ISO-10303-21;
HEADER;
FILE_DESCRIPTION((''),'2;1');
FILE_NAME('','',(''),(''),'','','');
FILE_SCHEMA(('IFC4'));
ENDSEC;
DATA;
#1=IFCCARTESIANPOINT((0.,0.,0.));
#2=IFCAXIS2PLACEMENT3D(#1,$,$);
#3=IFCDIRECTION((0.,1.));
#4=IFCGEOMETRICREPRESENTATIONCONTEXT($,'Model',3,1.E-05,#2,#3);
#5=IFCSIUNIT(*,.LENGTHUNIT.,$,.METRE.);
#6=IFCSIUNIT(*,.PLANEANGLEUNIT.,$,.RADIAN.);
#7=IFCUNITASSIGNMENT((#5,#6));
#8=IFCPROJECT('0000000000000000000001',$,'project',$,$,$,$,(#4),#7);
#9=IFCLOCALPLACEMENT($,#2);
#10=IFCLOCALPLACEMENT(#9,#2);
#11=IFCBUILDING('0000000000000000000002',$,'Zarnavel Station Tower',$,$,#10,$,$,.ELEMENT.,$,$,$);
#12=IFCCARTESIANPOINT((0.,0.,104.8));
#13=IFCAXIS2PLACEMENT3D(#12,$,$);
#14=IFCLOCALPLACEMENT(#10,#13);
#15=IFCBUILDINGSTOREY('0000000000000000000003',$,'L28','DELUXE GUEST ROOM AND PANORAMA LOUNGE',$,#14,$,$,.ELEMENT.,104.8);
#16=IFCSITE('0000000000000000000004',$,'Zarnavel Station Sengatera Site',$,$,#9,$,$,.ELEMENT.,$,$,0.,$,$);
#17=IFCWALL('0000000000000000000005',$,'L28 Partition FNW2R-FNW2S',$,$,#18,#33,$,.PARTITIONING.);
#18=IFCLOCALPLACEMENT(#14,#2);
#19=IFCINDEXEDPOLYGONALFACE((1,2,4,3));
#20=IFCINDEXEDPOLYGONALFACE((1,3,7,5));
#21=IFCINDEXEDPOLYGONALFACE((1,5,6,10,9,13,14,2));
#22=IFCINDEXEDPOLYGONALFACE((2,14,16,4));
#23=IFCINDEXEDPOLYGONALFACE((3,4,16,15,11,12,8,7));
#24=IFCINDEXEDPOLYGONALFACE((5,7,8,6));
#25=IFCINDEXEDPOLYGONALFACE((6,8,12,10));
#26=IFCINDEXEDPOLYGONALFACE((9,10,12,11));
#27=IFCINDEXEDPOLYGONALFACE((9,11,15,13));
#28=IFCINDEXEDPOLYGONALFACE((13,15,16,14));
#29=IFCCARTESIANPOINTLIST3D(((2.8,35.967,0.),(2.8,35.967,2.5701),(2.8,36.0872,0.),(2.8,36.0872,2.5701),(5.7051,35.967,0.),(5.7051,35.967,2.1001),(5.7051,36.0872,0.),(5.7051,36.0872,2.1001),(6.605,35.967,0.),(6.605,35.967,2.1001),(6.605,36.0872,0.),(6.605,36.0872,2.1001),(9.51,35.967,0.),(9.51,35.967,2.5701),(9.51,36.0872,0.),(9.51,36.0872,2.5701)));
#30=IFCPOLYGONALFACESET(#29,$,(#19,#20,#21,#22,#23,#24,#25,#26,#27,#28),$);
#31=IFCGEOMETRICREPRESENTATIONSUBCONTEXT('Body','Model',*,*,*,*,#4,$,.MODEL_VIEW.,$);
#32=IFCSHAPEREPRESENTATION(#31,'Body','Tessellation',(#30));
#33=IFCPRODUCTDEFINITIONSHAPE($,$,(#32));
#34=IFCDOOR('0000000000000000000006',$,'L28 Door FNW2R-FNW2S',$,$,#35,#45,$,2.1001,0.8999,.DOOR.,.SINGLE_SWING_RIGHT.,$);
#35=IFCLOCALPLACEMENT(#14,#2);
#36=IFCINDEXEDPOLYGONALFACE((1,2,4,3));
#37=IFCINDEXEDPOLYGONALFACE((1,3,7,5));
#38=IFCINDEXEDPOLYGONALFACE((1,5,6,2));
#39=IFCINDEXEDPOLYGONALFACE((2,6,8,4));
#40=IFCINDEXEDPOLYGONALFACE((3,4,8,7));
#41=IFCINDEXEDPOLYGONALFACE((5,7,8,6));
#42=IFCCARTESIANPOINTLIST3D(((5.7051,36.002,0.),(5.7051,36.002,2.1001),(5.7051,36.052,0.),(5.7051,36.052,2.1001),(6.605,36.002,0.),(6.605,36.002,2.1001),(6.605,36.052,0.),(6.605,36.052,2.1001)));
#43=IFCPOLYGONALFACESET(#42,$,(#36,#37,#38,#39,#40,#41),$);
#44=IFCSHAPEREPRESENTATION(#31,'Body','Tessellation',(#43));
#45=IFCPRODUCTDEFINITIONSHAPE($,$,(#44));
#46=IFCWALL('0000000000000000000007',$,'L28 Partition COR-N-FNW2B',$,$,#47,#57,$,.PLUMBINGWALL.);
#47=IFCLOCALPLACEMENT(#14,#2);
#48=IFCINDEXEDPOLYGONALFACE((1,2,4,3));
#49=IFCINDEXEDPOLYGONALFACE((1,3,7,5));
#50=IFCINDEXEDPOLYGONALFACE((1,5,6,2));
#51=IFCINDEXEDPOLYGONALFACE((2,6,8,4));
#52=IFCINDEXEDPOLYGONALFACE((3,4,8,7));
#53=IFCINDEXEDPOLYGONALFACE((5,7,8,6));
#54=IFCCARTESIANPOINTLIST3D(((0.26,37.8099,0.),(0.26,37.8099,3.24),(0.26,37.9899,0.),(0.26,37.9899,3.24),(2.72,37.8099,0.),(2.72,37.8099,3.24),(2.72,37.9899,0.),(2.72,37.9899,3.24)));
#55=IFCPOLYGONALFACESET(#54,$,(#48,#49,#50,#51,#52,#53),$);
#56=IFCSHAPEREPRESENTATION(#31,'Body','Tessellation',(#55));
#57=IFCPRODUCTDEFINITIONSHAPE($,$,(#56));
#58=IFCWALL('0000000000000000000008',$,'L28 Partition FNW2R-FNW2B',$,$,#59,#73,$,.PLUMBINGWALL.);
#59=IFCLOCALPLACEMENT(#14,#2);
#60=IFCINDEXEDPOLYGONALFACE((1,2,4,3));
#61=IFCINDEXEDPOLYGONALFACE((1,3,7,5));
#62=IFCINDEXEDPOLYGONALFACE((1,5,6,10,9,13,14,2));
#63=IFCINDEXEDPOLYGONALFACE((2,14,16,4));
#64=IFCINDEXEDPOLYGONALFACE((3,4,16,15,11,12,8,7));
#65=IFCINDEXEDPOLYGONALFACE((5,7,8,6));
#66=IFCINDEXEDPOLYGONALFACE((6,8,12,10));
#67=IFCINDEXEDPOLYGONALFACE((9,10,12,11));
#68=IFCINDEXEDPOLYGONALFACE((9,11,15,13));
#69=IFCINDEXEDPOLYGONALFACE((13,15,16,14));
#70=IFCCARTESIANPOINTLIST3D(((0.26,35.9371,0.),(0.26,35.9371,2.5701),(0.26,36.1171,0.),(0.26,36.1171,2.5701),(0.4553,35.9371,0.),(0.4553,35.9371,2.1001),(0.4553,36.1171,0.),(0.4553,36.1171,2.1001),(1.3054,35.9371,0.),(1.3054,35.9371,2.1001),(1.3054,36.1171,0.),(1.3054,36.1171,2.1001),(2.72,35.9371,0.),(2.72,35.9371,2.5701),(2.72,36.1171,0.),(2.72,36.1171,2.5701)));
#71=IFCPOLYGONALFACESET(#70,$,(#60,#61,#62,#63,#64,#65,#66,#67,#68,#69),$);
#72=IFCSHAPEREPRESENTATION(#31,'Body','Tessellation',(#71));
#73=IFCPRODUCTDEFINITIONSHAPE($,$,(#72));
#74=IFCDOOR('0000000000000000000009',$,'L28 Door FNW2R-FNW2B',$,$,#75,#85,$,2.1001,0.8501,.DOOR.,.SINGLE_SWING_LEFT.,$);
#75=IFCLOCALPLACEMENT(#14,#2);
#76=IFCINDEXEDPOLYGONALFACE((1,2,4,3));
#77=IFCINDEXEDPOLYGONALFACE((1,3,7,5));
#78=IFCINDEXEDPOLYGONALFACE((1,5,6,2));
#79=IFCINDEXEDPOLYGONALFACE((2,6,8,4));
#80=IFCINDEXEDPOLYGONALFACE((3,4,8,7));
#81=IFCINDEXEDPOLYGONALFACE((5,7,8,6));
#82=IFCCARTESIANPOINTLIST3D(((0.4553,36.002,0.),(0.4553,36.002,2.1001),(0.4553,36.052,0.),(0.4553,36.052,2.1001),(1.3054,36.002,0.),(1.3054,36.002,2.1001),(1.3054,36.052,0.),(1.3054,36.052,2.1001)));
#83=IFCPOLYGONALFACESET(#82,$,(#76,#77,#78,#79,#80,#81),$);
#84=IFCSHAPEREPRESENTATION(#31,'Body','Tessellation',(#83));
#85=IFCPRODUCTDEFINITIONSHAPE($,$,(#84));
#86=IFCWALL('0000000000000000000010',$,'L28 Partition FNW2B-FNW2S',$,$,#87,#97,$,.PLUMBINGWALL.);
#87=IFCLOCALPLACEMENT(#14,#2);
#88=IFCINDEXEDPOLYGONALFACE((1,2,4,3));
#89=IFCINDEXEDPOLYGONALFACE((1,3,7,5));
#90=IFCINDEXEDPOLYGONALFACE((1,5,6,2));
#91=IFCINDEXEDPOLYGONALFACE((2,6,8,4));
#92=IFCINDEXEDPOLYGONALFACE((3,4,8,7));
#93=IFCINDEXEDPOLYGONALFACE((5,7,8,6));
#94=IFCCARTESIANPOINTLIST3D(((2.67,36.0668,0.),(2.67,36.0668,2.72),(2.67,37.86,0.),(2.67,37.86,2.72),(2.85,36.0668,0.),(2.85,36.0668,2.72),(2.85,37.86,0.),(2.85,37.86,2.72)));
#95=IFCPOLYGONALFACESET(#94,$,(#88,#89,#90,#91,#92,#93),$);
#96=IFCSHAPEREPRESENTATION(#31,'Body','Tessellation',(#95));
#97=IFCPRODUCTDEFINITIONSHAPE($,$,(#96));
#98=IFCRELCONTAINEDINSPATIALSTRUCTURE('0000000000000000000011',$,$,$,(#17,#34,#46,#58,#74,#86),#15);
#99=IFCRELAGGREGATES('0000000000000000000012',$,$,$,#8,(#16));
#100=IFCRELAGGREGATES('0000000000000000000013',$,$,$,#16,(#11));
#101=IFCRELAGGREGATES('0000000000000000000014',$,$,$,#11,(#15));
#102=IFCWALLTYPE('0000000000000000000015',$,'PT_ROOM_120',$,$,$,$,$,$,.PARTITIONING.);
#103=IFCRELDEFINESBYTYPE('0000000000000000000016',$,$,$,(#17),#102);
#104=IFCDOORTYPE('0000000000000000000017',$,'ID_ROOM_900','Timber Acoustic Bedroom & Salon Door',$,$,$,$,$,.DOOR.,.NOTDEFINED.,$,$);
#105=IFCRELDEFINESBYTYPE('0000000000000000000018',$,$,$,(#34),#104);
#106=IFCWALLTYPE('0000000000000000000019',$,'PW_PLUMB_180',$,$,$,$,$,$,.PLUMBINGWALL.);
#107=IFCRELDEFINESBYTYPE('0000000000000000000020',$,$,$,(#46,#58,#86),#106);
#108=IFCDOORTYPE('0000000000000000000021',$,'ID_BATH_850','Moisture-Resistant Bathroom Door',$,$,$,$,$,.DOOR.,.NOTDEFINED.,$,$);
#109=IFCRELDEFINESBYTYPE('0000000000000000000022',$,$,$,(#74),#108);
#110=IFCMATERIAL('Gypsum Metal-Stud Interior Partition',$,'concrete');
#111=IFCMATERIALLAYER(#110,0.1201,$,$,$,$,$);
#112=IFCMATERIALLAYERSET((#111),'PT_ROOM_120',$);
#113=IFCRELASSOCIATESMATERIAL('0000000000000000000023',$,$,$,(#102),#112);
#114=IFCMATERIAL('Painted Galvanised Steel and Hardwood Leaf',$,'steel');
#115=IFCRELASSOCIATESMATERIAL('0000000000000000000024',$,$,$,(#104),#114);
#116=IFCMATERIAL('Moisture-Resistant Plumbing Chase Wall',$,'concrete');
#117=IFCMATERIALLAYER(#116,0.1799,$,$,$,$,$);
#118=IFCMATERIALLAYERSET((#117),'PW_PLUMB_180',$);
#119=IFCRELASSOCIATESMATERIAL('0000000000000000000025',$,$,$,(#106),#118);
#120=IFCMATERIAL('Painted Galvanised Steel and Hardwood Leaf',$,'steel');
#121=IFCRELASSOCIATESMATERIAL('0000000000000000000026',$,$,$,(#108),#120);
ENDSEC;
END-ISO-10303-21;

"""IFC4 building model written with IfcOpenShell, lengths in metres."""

from ifc_helpers import new_model, si_unit, direction, frame, frame_2d, origin, place, context, subcontext, project, spatial, rectangle, extrude, material, layer, layer_set, type_object, element, fill, save


model = new_model("IFC4")

# Units and contexts
model_context = context("Model", 3, precision=1e-05, world=origin(), true_north=direction((0.0, 1.0)))
body_context = subcontext(model_context, "Body", "Model", "MODEL_VIEW")
ifc_project = project(units=[si_unit("LENGTHUNIT", "METRE"), si_unit("PLANEANGLEUNIT", "RADIAN")], contexts=[model_context])

# Site, building, storey
site_placement = place(None, origin())
site = spatial("IfcSite", under=ifc_project, at=site_placement, Name="Zarnavel Station Sengatera Site", CompositionType="ELEMENT", RefElevation=0.0)
building_placement = place(site_placement, origin())
building = spatial("IfcBuilding", under=site, at=building_placement, Name="Zarnavel Station Tower", CompositionType="ELEMENT")
storey_placement = place(building_placement, frame((0.0, 0.0, 104.8)))
storey = spatial("IfcBuildingStorey", under=building, at=storey_placement, Name="L28", Description="DELUXE GUEST ROOM AND PANORAMA LOUNGE", CompositionType="ELEMENT", Elevation=104.8)

# Wall, opening, door
ifc_material_1 = material(Name="Gypsum Metal-Stud Interior Partition", Category="concrete")
ifc_layer_1 = layer(ifc_material_1, 0.1201)
ifc_layer_set_1 = layer_set([ifc_layer_1], Name="PT_ROOM_120")
wall_type_1 = type_object("IfcWallType", Name="PT_ROOM_120", PredefinedType="PARTITIONING", material=ifc_layer_set_1)
ifc_material_2 = material(Name="Painted Galvanised Steel and Hardwood Leaf", Category="steel")
door_type_1 = type_object("IfcDoorType", Name="ID_ROOM_900", Description="Timber Acoustic Bedroom & Salon Door", OperationType="NOTDEFINED", PredefinedType="DOOR", material=ifc_material_2)
wall_1_placement = place(storey_placement, frame((2.8, 36.0271, 0.0), z_axis=(0.0, 0.0, 1.0), x_axis=(1.0, 0.0, 0.0)))
wall_1 = element("IfcWall", 1, at=wall_1_placement, inside=storey, type_object=wall_type_1, Name="L28 Partition FNW2R-FNW2S", PredefinedType="PARTITIONING", context=body_context, shape_type="SweptSolid", body=[
    extrude(rectangle(XDim=6.71, YDim=0.1201, at=frame_2d((3.355, 0.0))), origin(), (0.0, 0.0, 1.0), 2.5701),
])
opening_1_placement = place(wall_1_placement, frame((2.905, 0.0, 0.0)))
opening_1 = element("IfcOpeningElement", 2, at=opening_1_placement, cuts=wall_1, PredefinedType="OPENING", context=body_context, shape_type="SweptSolid", body=[
    extrude(rectangle(XDim=0.8999, YDim=2.1001, at=frame_2d((0.45, 1.05))), frame((0.0, 0.0701, 0.0), z_axis=(0.0, -1.0, 0.0), x_axis=(1.0, 0.0, 0.0)), (0.0, 0.0, 1.0), 0.1401),
])
door_1_placement = place(opening_1_placement, origin())
door_1 = element("IfcDoor", 3, at=door_1_placement, inside=storey, type_object=door_type_1, Name="L28 Door FNW2R-FNW2S", OperationType="SINGLE_SWING_RIGHT", OverallHeight=2.1001, OverallWidth=0.8999, PredefinedType="DOOR", context=body_context, shape_type="SweptSolid", body=[
    extrude(rectangle(XDim=0.8999, YDim=2.1001, at=frame_2d((0.45, 1.05))), frame((0.0, 0.0249, 0.0), z_axis=(0.0, -1.0, 0.0), x_axis=(1.0, 0.0, 0.0)), (0.0, 0.0, 1.0), 0.05),
])
fill(opening_1, door_1)

# Wall
ifc_material_3 = material(Name="Moisture-Resistant Plumbing Chase Wall", Category="concrete")
ifc_layer_2 = layer(ifc_material_3, 0.1799)
ifc_layer_set_2 = layer_set([ifc_layer_2], Name="PW_PLUMB_180")
wall_type_2 = type_object("IfcWallType", Name="PW_PLUMB_180", PredefinedType="PLUMBINGWALL", material=ifc_layer_set_2)
wall_2_placement = place(storey_placement, frame((0.26, 37.8999, 0.0), z_axis=(0.0, 0.0, 1.0), x_axis=(1.0, 0.0, 0.0)))
element("IfcWall", 4, at=wall_2_placement, inside=storey, type_object=wall_type_2, Name="L28 Partition COR-N-FNW2B", PredefinedType="PLUMBINGWALL", context=body_context, shape_type="SweptSolid", body=[
    extrude(rectangle(XDim=2.46, YDim=0.1799, at=frame_2d((1.23, 0.0))), origin(), (0.0, 0.0, 1.0), 3.24),
])

# Wall, opening, door
wall_3_placement = place(storey_placement, frame((0.26, 36.0271, 0.0), z_axis=(0.0, 0.0, 1.0), x_axis=(1.0, 0.0, 0.0)))
wall_3 = element("IfcWall", 5, at=wall_3_placement, inside=storey, type_object=wall_type_2, Name="L28 Partition FNW2R-FNW2B", PredefinedType="PLUMBINGWALL", context=body_context, shape_type="SweptSolid", body=[
    extrude(rectangle(XDim=2.46, YDim=0.1799, at=frame_2d((1.23, 0.0))), origin(), (0.0, 0.0, 1.0), 2.5701),
])
opening_2_placement = place(wall_3_placement, frame((0.1953, 0.0, 0.0)))
opening_2 = element("IfcOpeningElement", 6, at=opening_2_placement, cuts=wall_3, PredefinedType="OPENING", context=body_context, shape_type="SweptSolid", body=[
    extrude(rectangle(XDim=0.8501, YDim=2.1001, at=frame_2d((0.425, 1.05))), frame((0.0, 0.0999, 0.0), z_axis=(0.0, -1.0, 0.0), x_axis=(1.0, 0.0, 0.0)), (0.0, 0.0, 1.0), 0.2),
])
ifc_material_4 = material(Name="Painted Galvanised Steel and Hardwood Leaf", Category="steel")
door_type_2 = type_object("IfcDoorType", Name="ID_BATH_850", Description="Moisture-Resistant Bathroom Door", OperationType="NOTDEFINED", PredefinedType="DOOR", material=ifc_material_4)
door_2_placement = place(opening_2_placement, origin())
door_2 = element("IfcDoor", 7, at=door_2_placement, inside=storey, type_object=door_type_2, Name="L28 Door FNW2R-FNW2B", OperationType="SINGLE_SWING_LEFT", OverallHeight=2.1001, OverallWidth=0.8501, PredefinedType="DOOR", context=body_context, shape_type="SweptSolid", body=[
    extrude(rectangle(XDim=0.8501, YDim=2.1001, at=frame_2d((0.425, 1.05))), frame((0.0, 0.0249, 0.0), z_axis=(0.0, -1.0, 0.0), x_axis=(1.0, 0.0, 0.0)), (0.0, 0.0, 1.0), 0.05),
])
fill(opening_2, door_2)

# Wall
wall_4_placement = place(storey_placement, frame((2.76, 36.0669, 0.0), z_axis=(0.0, 0.0, 1.0), x_axis=(0.0, 1.0, 0.0)))
element("IfcWall", 8, at=wall_4_placement, inside=storey, type_object=wall_type_2, Name="L28 Partition FNW2B-FNW2S", PredefinedType="PLUMBINGWALL", context=body_context, shape_type="SweptSolid", body=[
    extrude(rectangle(XDim=1.7932, YDim=0.1799, at=frame_2d((0.8965, 0.0))), origin(), (0.0, 0.0, 1.0), 2.72),
])

save(model, "model.ifc")
